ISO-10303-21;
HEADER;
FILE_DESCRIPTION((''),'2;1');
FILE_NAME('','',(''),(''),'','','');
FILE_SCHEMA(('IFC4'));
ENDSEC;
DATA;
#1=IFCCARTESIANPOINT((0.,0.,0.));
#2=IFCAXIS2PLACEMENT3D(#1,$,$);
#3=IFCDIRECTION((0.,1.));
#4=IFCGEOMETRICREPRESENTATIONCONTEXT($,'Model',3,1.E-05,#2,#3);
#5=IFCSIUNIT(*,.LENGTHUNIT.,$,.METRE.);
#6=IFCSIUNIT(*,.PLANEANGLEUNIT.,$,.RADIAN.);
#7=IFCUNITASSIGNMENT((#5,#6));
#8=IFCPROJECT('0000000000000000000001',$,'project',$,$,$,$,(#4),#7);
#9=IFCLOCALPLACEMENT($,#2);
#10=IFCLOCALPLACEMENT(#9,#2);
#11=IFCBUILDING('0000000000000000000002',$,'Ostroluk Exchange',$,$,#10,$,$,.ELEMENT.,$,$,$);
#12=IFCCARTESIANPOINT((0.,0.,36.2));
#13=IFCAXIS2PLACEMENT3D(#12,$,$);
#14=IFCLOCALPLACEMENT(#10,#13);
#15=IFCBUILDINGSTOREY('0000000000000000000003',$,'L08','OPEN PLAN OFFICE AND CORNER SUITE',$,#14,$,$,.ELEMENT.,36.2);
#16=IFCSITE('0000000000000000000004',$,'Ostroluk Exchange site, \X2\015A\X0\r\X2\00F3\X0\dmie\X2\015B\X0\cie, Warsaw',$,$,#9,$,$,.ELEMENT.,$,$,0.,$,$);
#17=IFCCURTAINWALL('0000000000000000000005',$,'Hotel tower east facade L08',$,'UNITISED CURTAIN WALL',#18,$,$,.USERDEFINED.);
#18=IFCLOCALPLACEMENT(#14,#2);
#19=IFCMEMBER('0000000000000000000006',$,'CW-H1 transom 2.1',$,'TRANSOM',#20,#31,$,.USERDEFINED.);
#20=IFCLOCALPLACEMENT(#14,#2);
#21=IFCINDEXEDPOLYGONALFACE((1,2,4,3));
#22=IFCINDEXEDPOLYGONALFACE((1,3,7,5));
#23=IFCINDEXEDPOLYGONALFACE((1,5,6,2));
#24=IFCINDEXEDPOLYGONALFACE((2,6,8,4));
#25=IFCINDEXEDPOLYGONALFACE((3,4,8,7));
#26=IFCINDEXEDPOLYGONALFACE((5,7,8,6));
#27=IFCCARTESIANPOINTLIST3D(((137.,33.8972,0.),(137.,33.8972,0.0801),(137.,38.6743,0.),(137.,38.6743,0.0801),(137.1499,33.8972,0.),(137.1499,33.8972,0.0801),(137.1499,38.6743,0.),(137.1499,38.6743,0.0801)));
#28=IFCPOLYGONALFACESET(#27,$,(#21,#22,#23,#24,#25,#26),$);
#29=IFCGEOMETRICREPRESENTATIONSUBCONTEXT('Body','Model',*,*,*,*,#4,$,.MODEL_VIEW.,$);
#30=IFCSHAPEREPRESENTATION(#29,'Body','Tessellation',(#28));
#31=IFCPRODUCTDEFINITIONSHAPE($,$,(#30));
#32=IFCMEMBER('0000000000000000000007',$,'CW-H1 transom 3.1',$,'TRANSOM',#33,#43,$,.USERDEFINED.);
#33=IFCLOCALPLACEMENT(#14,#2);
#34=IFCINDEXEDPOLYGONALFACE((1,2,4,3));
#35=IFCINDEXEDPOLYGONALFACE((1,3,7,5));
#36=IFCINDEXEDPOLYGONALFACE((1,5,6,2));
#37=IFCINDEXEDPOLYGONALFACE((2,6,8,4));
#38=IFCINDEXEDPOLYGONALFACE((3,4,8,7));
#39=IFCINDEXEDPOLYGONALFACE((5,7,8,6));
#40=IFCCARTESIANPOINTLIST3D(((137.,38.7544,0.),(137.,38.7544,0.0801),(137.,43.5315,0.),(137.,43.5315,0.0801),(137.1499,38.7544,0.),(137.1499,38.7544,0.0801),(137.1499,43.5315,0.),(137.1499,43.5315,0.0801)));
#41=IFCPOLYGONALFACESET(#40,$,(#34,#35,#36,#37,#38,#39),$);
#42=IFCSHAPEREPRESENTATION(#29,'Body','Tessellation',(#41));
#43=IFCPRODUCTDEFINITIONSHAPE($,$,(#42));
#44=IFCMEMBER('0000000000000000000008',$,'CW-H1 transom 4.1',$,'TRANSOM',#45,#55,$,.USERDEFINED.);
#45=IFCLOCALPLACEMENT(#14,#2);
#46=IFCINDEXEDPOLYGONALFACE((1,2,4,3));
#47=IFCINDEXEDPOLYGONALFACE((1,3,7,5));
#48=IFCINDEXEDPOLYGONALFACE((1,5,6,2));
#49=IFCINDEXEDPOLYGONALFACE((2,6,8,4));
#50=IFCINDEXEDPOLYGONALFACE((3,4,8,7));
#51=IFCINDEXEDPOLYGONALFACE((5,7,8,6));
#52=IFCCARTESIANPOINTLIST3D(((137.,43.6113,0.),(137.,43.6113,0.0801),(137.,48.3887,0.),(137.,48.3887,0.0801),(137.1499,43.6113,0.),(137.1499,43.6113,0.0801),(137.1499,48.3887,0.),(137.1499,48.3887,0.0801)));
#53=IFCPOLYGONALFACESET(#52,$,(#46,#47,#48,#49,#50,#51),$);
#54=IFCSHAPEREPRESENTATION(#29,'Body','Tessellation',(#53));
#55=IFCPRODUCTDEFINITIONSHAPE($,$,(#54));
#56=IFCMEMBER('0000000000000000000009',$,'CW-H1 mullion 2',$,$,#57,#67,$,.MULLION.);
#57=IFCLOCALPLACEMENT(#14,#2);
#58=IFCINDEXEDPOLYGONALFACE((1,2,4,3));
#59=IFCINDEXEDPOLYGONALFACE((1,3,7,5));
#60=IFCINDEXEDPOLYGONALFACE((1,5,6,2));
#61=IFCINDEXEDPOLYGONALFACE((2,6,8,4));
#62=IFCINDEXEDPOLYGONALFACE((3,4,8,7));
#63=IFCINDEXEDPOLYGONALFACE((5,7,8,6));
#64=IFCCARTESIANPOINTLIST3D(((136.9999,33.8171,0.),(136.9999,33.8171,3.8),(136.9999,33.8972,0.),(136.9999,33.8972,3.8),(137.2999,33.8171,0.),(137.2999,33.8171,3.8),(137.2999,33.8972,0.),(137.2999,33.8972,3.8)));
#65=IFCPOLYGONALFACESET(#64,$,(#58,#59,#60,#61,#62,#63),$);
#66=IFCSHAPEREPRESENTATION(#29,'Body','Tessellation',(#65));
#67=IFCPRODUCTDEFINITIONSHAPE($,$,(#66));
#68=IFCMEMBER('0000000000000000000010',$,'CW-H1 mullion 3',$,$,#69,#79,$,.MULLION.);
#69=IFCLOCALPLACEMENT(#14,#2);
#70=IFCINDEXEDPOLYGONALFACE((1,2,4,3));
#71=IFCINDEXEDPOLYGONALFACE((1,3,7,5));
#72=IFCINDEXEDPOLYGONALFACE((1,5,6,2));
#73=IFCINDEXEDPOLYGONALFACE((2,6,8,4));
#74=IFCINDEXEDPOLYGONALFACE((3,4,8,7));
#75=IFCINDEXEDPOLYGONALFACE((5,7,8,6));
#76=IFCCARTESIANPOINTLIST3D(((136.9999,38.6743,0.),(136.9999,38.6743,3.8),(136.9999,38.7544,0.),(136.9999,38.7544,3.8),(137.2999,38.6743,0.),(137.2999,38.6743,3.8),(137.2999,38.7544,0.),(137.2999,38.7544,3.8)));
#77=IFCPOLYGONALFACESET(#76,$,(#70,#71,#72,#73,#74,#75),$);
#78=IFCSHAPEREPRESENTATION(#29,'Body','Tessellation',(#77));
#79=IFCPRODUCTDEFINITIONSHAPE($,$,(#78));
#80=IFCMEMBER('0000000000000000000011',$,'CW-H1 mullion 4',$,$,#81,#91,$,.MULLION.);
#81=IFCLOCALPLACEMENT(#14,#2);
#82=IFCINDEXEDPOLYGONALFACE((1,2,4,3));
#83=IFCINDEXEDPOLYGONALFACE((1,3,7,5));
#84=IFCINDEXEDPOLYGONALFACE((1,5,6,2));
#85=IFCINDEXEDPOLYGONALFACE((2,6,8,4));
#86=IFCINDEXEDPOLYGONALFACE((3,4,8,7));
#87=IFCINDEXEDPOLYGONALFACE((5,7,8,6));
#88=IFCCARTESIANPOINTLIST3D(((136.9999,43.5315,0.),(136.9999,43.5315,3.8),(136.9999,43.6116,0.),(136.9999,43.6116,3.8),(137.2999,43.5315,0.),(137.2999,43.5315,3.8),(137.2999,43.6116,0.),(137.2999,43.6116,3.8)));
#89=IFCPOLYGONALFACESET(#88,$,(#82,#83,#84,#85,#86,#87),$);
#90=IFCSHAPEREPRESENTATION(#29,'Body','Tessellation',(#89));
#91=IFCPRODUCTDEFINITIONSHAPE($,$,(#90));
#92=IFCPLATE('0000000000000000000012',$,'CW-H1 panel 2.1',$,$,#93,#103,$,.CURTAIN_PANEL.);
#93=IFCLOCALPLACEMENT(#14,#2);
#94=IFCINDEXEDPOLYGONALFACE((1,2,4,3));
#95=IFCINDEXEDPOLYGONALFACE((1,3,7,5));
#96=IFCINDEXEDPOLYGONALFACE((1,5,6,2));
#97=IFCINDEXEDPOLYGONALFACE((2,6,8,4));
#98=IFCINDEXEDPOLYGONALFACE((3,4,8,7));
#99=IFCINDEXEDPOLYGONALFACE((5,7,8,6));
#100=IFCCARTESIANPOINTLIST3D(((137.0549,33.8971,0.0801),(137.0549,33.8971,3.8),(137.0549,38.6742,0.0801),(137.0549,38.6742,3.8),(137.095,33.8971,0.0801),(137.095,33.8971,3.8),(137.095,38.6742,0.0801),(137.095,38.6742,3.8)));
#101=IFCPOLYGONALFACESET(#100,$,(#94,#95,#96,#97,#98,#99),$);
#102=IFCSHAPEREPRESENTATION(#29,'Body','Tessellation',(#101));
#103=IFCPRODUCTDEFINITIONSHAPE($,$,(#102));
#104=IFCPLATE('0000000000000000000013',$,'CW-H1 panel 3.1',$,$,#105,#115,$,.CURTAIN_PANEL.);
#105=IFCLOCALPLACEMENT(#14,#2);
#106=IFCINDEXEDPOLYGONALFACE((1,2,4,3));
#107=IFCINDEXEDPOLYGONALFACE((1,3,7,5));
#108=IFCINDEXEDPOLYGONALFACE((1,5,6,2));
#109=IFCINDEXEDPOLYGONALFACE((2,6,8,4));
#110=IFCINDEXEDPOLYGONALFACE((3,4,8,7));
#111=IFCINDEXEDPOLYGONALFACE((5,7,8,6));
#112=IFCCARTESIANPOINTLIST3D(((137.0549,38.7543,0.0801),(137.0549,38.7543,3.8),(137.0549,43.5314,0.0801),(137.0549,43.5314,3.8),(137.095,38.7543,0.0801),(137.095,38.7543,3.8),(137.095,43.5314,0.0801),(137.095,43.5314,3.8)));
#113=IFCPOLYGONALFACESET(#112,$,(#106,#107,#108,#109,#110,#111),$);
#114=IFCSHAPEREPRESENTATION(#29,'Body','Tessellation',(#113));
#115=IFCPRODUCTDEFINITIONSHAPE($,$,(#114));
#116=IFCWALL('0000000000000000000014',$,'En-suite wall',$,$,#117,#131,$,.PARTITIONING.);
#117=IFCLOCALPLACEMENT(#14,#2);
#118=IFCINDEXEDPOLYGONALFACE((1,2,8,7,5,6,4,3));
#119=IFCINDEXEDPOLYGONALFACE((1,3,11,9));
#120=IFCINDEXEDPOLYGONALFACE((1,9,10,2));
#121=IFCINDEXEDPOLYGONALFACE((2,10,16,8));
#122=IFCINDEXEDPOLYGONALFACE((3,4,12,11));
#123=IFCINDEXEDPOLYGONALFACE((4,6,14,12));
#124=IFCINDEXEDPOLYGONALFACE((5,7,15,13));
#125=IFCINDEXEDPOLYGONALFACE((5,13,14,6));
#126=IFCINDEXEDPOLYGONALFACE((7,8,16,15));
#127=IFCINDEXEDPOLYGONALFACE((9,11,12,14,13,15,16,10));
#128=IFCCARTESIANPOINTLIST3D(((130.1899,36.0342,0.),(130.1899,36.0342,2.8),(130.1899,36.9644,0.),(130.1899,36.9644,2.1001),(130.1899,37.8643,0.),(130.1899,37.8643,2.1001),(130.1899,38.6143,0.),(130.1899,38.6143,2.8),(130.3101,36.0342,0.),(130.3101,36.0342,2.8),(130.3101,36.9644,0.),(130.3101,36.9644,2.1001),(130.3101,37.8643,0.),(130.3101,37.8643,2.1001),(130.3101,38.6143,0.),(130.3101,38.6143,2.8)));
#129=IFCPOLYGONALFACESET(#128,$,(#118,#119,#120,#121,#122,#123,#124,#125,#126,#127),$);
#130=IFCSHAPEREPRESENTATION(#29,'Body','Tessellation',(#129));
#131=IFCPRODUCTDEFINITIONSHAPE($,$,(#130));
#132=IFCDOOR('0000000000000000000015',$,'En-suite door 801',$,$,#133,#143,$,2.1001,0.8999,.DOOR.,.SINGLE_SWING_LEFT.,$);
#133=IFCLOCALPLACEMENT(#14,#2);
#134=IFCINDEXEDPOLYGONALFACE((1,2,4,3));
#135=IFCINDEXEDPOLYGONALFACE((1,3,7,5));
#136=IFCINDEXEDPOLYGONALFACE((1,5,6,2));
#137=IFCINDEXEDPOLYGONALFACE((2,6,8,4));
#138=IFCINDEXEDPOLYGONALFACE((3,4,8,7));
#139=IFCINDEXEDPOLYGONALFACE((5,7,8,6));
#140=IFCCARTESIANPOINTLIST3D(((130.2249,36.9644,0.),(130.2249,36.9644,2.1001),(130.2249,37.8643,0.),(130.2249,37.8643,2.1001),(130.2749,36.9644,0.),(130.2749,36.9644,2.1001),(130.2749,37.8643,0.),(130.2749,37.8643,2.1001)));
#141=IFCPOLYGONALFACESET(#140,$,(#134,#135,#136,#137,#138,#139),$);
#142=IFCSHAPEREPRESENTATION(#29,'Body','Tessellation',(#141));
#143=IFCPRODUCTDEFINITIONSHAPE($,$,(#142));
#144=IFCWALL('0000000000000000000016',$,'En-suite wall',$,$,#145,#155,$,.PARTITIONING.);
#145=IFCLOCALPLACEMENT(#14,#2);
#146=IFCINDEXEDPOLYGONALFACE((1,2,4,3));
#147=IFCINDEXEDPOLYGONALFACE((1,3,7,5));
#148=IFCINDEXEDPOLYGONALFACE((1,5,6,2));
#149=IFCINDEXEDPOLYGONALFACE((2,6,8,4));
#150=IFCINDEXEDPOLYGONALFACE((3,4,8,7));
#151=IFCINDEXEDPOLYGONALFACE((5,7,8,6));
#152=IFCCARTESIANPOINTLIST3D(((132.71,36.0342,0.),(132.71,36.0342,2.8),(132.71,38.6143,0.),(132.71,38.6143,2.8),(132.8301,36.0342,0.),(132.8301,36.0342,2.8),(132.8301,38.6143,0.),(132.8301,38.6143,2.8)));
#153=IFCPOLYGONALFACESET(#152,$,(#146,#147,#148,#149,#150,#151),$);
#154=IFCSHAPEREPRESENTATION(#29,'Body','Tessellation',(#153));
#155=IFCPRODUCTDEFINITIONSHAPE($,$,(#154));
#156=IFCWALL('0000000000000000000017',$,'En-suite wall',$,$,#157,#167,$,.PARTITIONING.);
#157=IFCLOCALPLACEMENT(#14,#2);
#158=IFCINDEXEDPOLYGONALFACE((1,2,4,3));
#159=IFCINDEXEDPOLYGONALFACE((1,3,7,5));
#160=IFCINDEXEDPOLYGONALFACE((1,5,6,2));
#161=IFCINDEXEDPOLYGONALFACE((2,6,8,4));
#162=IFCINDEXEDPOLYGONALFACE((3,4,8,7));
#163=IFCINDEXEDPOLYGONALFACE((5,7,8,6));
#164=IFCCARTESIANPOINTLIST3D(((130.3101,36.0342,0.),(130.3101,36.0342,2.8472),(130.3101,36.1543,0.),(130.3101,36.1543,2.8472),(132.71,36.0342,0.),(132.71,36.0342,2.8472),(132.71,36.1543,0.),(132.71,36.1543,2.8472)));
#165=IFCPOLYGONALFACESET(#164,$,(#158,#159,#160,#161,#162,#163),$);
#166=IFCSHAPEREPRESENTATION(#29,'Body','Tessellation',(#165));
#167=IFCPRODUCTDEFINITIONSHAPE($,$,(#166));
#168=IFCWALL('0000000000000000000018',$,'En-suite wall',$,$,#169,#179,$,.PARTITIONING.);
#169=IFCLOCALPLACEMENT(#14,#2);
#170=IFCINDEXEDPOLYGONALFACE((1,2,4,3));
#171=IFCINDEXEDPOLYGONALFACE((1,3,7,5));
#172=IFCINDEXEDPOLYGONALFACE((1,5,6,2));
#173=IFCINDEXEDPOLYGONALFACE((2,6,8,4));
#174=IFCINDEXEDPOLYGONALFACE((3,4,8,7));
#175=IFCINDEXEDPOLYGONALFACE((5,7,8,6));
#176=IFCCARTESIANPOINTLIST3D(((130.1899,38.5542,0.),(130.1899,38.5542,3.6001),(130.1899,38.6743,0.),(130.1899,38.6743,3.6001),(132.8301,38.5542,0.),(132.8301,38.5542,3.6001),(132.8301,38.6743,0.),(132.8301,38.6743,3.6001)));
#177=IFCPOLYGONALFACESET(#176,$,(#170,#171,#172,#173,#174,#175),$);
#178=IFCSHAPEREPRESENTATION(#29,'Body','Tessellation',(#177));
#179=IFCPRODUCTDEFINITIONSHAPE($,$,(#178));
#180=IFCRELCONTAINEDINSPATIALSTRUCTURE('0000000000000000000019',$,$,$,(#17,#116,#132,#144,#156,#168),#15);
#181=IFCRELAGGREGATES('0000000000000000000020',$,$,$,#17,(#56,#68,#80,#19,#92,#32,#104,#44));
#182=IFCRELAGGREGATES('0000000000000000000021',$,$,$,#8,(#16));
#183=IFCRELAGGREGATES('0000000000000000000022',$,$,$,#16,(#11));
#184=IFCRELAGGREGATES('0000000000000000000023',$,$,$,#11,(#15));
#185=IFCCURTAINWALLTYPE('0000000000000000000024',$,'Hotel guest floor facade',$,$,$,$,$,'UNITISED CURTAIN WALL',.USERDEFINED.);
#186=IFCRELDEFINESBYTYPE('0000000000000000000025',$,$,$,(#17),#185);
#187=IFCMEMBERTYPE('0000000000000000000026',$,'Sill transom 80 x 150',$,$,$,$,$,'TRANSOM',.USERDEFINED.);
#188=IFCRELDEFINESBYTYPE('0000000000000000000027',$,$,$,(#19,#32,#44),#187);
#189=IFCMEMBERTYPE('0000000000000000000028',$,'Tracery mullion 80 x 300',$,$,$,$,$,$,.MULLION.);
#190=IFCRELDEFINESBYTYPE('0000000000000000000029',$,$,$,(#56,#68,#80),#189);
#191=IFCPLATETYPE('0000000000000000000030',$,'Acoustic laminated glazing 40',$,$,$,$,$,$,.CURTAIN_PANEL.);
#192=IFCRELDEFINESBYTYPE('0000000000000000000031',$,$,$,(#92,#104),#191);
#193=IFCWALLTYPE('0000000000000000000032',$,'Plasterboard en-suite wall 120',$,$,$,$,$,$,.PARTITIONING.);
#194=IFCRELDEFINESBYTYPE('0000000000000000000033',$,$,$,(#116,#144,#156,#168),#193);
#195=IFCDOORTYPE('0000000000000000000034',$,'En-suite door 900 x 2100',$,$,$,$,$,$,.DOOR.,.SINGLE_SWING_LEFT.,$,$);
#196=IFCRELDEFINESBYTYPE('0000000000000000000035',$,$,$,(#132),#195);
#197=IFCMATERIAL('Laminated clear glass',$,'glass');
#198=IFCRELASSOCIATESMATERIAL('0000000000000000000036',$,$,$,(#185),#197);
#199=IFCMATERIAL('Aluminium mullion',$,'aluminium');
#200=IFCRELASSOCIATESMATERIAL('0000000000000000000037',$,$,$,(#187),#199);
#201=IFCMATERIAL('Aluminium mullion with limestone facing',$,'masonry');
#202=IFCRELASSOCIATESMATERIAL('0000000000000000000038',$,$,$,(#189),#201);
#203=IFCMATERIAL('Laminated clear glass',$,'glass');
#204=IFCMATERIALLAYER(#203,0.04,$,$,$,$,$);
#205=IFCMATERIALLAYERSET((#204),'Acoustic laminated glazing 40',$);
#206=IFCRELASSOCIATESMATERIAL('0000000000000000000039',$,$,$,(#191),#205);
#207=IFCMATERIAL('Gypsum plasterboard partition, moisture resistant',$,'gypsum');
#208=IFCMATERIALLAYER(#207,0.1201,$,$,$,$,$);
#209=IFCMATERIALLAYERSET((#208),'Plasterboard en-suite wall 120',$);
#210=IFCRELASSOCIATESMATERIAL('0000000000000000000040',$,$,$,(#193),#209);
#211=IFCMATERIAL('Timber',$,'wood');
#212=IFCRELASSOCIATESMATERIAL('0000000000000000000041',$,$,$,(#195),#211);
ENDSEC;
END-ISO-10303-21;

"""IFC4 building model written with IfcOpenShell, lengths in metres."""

from ifc_helpers import new_model, si_unit, direction, frame, frame_2d, origin, origin_2d, place, context, subcontext, project, spatial, rectangle, extrude, material, layer, layer_set, material_profile, profile_set, type_object, element, fill, aggregate, save


model = new_model("IFC4")

# Units and contexts
model_context = context("Model", 3, precision=1e-05, world=origin(), true_north=direction((0.0, 1.0)))
body_context = subcontext(model_context, "Body", "Model", "MODEL_VIEW")
ifc_project = project(units=[si_unit("LENGTHUNIT", "METRE"), si_unit("PLANEANGLEUNIT", "RADIAN")], contexts=[model_context])

# Site, building, storey
site_placement = place(None, origin())
site = spatial("IfcSite", under=ifc_project, at=site_placement, Name="Ostroluk Exchange site, Śródmieście, Warsaw", CompositionType="ELEMENT", RefElevation=0.0)
building_placement = place(site_placement, origin())
building = spatial("IfcBuilding", under=site, at=building_placement, Name="Ostroluk Exchange", CompositionType="ELEMENT")
storey_placement = place(building_placement, frame((0.0, 0.0, 36.2)))
storey = spatial("IfcBuildingStorey", under=building, at=storey_placement, Name="L08", Description="OPEN PLAN OFFICE AND CORNER SUITE", CompositionType="ELEMENT", Elevation=36.2)

# Curtain wall, members, plates
ifc_material_1 = material(Name="Laminated clear glass", Category="glass")
curtain_wall_type = type_object("IfcCurtainWallType", Name="Hotel guest floor facade", ElementType="UNITISED CURTAIN WALL", PredefinedType="USERDEFINED", material=ifc_material_1)
curtain_wall_placement = place(storey_placement, origin())
curtain_wall = element("IfcCurtainWall", 1, at=curtain_wall_placement, inside=storey, type_object=curtain_wall_type, Name="Hotel tower east facade L08", ObjectType="UNITISED CURTAIN WALL", PredefinedType="USERDEFINED")
ifc_material_2 = material(Name="Aluminium mullion", Category="aluminium")
ifc_material_profile_1 = material_profile(ifc_material_2, rectangle(XDim=0.1499, YDim=0.0801, at=origin_2d()), Name="Sill transom 80 x 150")
ifc_profile_set_1 = profile_set([ifc_material_profile_1], Name="Aluminium mullion")
member_type_1 = type_object("IfcMemberType", Name="Sill transom 80 x 150", ElementType="TRANSOM", PredefinedType="USERDEFINED", material=ifc_profile_set_1)
member_1_placement = place(storey_placement, frame((137.075, 33.8972, 0.04), z_axis=(0.0, 1.0, 0.0), x_axis=(-1.0, 0.0, 0.0)))
member_1 = element("IfcMember", 2, at=member_1_placement, type_object=member_type_1, Name="CW-H1 transom 2.1", ObjectType="TRANSOM", PredefinedType="USERDEFINED", context=body_context, shape_type="SweptSolid", body=[
    extrude(rectangle(XDim=0.1499, YDim=0.0801, at=origin_2d()), origin(), (0.0, 0.0, 1.0), 4.7771),
])
member_2_placement = place(storey_placement, frame((137.075, 38.7544, 0.04), z_axis=(0.0, 1.0, 0.0), x_axis=(-1.0, 0.0, 0.0)))
member_2 = element("IfcMember", 3, at=member_2_placement, type_object=member_type_1, Name="CW-H1 transom 3.1", ObjectType="TRANSOM", PredefinedType="USERDEFINED", context=body_context, shape_type="SweptSolid", body=[
    extrude(rectangle(XDim=0.1499, YDim=0.0801, at=origin_2d()), origin(), (0.0, 0.0, 1.0), 4.7771),
])
member_3_placement = place(storey_placement, frame((137.075, 43.6113, 0.04), z_axis=(0.0, 1.0, 0.0), x_axis=(-1.0, 0.0, 0.0)))
member_3 = element("IfcMember", 4, at=member_3_placement, type_object=member_type_1, Name="CW-H1 transom 4.1", ObjectType="TRANSOM", PredefinedType="USERDEFINED", context=body_context, shape_type="SweptSolid", body=[
    extrude(rectangle(XDim=0.1499, YDim=0.0801, at=origin_2d()), origin(), (0.0, 0.0, 1.0), 4.7773),
])
ifc_material_3 = material(Name="Aluminium mullion with limestone facing", Category="masonry")
ifc_material_profile_2 = material_profile(ifc_material_3, rectangle(XDim=0.3, YDim=0.0801, at=origin_2d()), Name="Tracery mullion 80 x 300")
ifc_profile_set_2 = profile_set([ifc_material_profile_2], Name="Aluminium mullion with limestone facing")
member_type_2 = type_object("IfcMemberType", Name="Tracery mullion 80 x 300", PredefinedType="MULLION", material=ifc_profile_set_2)
member_4_placement = place(storey_placement, frame((137.1499, 33.8572, 0.0), z_axis=(0.0, 0.0, 1.0), x_axis=(-1.0, 0.0, 0.0)))
member_4 = element("IfcMember", 5, at=member_4_placement, type_object=member_type_2, Name="CW-H1 mullion 2", PredefinedType="MULLION", context=body_context, shape_type="SweptSolid", body=[
    extrude(rectangle(XDim=0.3, YDim=0.0801, at=origin_2d()), origin(), (0.0, 0.0, 1.0), 3.8),
])
member_5_placement = place(storey_placement, frame((137.1499, 38.7144, 0.0), z_axis=(0.0, 0.0, 1.0), x_axis=(-1.0, 0.0, 0.0)))
member_5 = element("IfcMember", 6, at=member_5_placement, type_object=member_type_2, Name="CW-H1 mullion 3", PredefinedType="MULLION", context=body_context, shape_type="SweptSolid", body=[
    extrude(rectangle(XDim=0.3, YDim=0.0801, at=origin_2d()), origin(), (0.0, 0.0, 1.0), 3.8),
])
member_6_placement = place(storey_placement, frame((137.1499, 43.5715, 0.0), z_axis=(0.0, 0.0, 1.0), x_axis=(-1.0, 0.0, 0.0)))
member_6 = element("IfcMember", 7, at=member_6_placement, type_object=member_type_2, Name="CW-H1 mullion 4", PredefinedType="MULLION", context=body_context, shape_type="SweptSolid", body=[
    extrude(rectangle(XDim=0.3, YDim=0.0801, at=origin_2d()), origin(), (0.0, 0.0, 1.0), 3.8),
])
ifc_material_4 = material(Name="Laminated clear glass", Category="glass")
ifc_layer_1 = layer(ifc_material_4, 0.04)
ifc_layer_set_1 = layer_set([ifc_layer_1], Name="Acoustic laminated glazing 40")
plate_type = type_object("IfcPlateType", Name="Acoustic laminated glazing 40", PredefinedType="CURTAIN_PANEL", material=ifc_layer_set_1)
plate_1_placement = place(storey_placement, frame((137.075, 36.2856, 0.0801), z_axis=(0.0, 0.0, 1.0), x_axis=(0.0, 1.0, 0.0)))
plate_1 = element("IfcPlate", 8, at=plate_1_placement, type_object=plate_type, Name="CW-H1 panel 2.1", PredefinedType="CURTAIN_PANEL", context=body_context, shape_type="SweptSolid", body=[
    extrude(rectangle(XDim=4.7771, YDim=0.04, at=origin_2d()), origin(), (0.0, 0.0, 1.0), 3.72),
])
plate_2_placement = place(storey_placement, frame((137.075, 41.1428, 0.0801), z_axis=(0.0, 0.0, 1.0), x_axis=(0.0, 1.0, 0.0)))
plate_2 = element("IfcPlate", 9, at=plate_2_placement, type_object=plate_type, Name="CW-H1 panel 3.1", PredefinedType="CURTAIN_PANEL", context=body_context, shape_type="SweptSolid", body=[
    extrude(rectangle(XDim=4.7771, YDim=0.04, at=origin_2d()), origin(), (0.0, 0.0, 1.0), 3.72),
])
aggregate(curtain_wall, [member_4, member_5, member_6, member_1, plate_1, member_2, plate_2, member_3])

# Wall, opening, door
ifc_material_5 = material(Name="Gypsum plasterboard partition, moisture resistant", Category="gypsum")
ifc_layer_2 = layer(ifc_material_5, 0.1201)
ifc_layer_set_2 = layer_set([ifc_layer_2], Name="Plasterboard en-suite wall 120")
wall_type_1 = type_object("IfcWallType", Name="Plasterboard en-suite wall 120", PredefinedType="PARTITIONING", material=ifc_layer_set_2)
wall_1_placement = place(storey_placement, frame((130.25, 38.6143, 0.0), z_axis=(0.0, 0.0, 1.0), x_axis=(0.0, -1.0, 0.0)))
wall_1 = element("IfcWall", 10, at=wall_1_placement, inside=storey, type_object=wall_type_1, Name="En-suite wall", PredefinedType="PARTITIONING", context=body_context, shape_type="SweptSolid", body=[
    extrude(rectangle(XDim=2.5801, YDim=0.1201, at=frame_2d((1.29, 0.0))), origin(), (0.0, 0.0, 1.0), 2.8),
])
opening_1_placement = place(wall_1_placement, frame((0.75, 0.0, 0.0)))
opening_1 = element("IfcOpeningElement", 11, at=opening_1_placement, cuts=wall_1, PredefinedType="OPENING", context=body_context, shape_type="SweptSolid", body=[
    extrude(rectangle(XDim=0.8999, YDim=2.1001, at=frame_2d((0.45, 1.05))), frame((0.0, 0.0701, 0.0), z_axis=(0.0, -1.0, 0.0), x_axis=(1.0, 0.0, 0.0)), (0.0, 0.0, 1.0), 0.1401),
])
ifc_material_6 = material(Name="Timber", Category="wood")
door_type_1 = type_object("IfcDoorType", Name="En-suite door 900 x 2100", OperationType="SINGLE_SWING_LEFT", PredefinedType="DOOR", material=ifc_material_6)
door_1_placement = place(opening_1_placement, origin())
door_1 = element("IfcDoor", 12, at=door_1_placement, inside=storey, type_object=door_type_1, Name="En-suite door 801", OperationType="SINGLE_SWING_LEFT", OverallHeight=2.1001, OverallWidth=0.8999, PredefinedType="DOOR", context=body_context, shape_type="SweptSolid", body=[
    extrude(rectangle(XDim=0.8999, YDim=2.1001, at=frame_2d((0.45, 1.05))), frame((0.0, 0.0249, 0.0), z_axis=(0.0, -1.0, 0.0), x_axis=(1.0, 0.0, 0.0)), (0.0, 0.0, 1.0), 0.05),
])
fill(opening_1, door_1)

# Walls
wall_2_placement = place(storey_placement, frame((132.77, 38.6143, 0.0), z_axis=(0.0, 0.0, 1.0), x_axis=(0.0, -1.0, 0.0)))
element("IfcWall", 13, at=wall_2_placement, inside=storey, type_object=wall_type_1, Name="En-suite wall", PredefinedType="PARTITIONING", context=body_context, shape_type="SweptSolid", body=[
    extrude(rectangle(XDim=2.5801, YDim=0.1201, at=frame_2d((1.29, 0.0))), origin(), (0.0, 0.0, 1.0), 2.8),
])
wall_3_placement = place(storey_placement, frame((130.3101, 36.0942, 0.0), z_axis=(0.0, 0.0, 1.0), x_axis=(1.0, 0.0, 0.0)))
element("IfcWall", 14, at=wall_3_placement, inside=storey, type_object=wall_type_1, Name="En-suite wall", PredefinedType="PARTITIONING", context=body_context, shape_type="SweptSolid", body=[
    extrude(rectangle(XDim=2.3999, YDim=0.1201, at=frame_2d((1.2, 0.0))), origin(), (0.0, 0.0, 1.0), 2.8472),
])
wall_4_placement = place(storey_placement, frame((130.1899, 38.6143, 0.0), z_axis=(0.0, 0.0, 1.0), x_axis=(1.0, 0.0, 0.0)))
element("IfcWall", 15, at=wall_4_placement, inside=storey, type_object=wall_type_1, Name="En-suite wall", PredefinedType="PARTITIONING", context=body_context, shape_type="SweptSolid", body=[
    extrude(rectangle(XDim=2.6401, YDim=0.1201, at=frame_2d((1.3201, 0.0))), origin(), (0.0, 0.0, 1.0), 3.6001),
])

save(model, "model.ifc")
